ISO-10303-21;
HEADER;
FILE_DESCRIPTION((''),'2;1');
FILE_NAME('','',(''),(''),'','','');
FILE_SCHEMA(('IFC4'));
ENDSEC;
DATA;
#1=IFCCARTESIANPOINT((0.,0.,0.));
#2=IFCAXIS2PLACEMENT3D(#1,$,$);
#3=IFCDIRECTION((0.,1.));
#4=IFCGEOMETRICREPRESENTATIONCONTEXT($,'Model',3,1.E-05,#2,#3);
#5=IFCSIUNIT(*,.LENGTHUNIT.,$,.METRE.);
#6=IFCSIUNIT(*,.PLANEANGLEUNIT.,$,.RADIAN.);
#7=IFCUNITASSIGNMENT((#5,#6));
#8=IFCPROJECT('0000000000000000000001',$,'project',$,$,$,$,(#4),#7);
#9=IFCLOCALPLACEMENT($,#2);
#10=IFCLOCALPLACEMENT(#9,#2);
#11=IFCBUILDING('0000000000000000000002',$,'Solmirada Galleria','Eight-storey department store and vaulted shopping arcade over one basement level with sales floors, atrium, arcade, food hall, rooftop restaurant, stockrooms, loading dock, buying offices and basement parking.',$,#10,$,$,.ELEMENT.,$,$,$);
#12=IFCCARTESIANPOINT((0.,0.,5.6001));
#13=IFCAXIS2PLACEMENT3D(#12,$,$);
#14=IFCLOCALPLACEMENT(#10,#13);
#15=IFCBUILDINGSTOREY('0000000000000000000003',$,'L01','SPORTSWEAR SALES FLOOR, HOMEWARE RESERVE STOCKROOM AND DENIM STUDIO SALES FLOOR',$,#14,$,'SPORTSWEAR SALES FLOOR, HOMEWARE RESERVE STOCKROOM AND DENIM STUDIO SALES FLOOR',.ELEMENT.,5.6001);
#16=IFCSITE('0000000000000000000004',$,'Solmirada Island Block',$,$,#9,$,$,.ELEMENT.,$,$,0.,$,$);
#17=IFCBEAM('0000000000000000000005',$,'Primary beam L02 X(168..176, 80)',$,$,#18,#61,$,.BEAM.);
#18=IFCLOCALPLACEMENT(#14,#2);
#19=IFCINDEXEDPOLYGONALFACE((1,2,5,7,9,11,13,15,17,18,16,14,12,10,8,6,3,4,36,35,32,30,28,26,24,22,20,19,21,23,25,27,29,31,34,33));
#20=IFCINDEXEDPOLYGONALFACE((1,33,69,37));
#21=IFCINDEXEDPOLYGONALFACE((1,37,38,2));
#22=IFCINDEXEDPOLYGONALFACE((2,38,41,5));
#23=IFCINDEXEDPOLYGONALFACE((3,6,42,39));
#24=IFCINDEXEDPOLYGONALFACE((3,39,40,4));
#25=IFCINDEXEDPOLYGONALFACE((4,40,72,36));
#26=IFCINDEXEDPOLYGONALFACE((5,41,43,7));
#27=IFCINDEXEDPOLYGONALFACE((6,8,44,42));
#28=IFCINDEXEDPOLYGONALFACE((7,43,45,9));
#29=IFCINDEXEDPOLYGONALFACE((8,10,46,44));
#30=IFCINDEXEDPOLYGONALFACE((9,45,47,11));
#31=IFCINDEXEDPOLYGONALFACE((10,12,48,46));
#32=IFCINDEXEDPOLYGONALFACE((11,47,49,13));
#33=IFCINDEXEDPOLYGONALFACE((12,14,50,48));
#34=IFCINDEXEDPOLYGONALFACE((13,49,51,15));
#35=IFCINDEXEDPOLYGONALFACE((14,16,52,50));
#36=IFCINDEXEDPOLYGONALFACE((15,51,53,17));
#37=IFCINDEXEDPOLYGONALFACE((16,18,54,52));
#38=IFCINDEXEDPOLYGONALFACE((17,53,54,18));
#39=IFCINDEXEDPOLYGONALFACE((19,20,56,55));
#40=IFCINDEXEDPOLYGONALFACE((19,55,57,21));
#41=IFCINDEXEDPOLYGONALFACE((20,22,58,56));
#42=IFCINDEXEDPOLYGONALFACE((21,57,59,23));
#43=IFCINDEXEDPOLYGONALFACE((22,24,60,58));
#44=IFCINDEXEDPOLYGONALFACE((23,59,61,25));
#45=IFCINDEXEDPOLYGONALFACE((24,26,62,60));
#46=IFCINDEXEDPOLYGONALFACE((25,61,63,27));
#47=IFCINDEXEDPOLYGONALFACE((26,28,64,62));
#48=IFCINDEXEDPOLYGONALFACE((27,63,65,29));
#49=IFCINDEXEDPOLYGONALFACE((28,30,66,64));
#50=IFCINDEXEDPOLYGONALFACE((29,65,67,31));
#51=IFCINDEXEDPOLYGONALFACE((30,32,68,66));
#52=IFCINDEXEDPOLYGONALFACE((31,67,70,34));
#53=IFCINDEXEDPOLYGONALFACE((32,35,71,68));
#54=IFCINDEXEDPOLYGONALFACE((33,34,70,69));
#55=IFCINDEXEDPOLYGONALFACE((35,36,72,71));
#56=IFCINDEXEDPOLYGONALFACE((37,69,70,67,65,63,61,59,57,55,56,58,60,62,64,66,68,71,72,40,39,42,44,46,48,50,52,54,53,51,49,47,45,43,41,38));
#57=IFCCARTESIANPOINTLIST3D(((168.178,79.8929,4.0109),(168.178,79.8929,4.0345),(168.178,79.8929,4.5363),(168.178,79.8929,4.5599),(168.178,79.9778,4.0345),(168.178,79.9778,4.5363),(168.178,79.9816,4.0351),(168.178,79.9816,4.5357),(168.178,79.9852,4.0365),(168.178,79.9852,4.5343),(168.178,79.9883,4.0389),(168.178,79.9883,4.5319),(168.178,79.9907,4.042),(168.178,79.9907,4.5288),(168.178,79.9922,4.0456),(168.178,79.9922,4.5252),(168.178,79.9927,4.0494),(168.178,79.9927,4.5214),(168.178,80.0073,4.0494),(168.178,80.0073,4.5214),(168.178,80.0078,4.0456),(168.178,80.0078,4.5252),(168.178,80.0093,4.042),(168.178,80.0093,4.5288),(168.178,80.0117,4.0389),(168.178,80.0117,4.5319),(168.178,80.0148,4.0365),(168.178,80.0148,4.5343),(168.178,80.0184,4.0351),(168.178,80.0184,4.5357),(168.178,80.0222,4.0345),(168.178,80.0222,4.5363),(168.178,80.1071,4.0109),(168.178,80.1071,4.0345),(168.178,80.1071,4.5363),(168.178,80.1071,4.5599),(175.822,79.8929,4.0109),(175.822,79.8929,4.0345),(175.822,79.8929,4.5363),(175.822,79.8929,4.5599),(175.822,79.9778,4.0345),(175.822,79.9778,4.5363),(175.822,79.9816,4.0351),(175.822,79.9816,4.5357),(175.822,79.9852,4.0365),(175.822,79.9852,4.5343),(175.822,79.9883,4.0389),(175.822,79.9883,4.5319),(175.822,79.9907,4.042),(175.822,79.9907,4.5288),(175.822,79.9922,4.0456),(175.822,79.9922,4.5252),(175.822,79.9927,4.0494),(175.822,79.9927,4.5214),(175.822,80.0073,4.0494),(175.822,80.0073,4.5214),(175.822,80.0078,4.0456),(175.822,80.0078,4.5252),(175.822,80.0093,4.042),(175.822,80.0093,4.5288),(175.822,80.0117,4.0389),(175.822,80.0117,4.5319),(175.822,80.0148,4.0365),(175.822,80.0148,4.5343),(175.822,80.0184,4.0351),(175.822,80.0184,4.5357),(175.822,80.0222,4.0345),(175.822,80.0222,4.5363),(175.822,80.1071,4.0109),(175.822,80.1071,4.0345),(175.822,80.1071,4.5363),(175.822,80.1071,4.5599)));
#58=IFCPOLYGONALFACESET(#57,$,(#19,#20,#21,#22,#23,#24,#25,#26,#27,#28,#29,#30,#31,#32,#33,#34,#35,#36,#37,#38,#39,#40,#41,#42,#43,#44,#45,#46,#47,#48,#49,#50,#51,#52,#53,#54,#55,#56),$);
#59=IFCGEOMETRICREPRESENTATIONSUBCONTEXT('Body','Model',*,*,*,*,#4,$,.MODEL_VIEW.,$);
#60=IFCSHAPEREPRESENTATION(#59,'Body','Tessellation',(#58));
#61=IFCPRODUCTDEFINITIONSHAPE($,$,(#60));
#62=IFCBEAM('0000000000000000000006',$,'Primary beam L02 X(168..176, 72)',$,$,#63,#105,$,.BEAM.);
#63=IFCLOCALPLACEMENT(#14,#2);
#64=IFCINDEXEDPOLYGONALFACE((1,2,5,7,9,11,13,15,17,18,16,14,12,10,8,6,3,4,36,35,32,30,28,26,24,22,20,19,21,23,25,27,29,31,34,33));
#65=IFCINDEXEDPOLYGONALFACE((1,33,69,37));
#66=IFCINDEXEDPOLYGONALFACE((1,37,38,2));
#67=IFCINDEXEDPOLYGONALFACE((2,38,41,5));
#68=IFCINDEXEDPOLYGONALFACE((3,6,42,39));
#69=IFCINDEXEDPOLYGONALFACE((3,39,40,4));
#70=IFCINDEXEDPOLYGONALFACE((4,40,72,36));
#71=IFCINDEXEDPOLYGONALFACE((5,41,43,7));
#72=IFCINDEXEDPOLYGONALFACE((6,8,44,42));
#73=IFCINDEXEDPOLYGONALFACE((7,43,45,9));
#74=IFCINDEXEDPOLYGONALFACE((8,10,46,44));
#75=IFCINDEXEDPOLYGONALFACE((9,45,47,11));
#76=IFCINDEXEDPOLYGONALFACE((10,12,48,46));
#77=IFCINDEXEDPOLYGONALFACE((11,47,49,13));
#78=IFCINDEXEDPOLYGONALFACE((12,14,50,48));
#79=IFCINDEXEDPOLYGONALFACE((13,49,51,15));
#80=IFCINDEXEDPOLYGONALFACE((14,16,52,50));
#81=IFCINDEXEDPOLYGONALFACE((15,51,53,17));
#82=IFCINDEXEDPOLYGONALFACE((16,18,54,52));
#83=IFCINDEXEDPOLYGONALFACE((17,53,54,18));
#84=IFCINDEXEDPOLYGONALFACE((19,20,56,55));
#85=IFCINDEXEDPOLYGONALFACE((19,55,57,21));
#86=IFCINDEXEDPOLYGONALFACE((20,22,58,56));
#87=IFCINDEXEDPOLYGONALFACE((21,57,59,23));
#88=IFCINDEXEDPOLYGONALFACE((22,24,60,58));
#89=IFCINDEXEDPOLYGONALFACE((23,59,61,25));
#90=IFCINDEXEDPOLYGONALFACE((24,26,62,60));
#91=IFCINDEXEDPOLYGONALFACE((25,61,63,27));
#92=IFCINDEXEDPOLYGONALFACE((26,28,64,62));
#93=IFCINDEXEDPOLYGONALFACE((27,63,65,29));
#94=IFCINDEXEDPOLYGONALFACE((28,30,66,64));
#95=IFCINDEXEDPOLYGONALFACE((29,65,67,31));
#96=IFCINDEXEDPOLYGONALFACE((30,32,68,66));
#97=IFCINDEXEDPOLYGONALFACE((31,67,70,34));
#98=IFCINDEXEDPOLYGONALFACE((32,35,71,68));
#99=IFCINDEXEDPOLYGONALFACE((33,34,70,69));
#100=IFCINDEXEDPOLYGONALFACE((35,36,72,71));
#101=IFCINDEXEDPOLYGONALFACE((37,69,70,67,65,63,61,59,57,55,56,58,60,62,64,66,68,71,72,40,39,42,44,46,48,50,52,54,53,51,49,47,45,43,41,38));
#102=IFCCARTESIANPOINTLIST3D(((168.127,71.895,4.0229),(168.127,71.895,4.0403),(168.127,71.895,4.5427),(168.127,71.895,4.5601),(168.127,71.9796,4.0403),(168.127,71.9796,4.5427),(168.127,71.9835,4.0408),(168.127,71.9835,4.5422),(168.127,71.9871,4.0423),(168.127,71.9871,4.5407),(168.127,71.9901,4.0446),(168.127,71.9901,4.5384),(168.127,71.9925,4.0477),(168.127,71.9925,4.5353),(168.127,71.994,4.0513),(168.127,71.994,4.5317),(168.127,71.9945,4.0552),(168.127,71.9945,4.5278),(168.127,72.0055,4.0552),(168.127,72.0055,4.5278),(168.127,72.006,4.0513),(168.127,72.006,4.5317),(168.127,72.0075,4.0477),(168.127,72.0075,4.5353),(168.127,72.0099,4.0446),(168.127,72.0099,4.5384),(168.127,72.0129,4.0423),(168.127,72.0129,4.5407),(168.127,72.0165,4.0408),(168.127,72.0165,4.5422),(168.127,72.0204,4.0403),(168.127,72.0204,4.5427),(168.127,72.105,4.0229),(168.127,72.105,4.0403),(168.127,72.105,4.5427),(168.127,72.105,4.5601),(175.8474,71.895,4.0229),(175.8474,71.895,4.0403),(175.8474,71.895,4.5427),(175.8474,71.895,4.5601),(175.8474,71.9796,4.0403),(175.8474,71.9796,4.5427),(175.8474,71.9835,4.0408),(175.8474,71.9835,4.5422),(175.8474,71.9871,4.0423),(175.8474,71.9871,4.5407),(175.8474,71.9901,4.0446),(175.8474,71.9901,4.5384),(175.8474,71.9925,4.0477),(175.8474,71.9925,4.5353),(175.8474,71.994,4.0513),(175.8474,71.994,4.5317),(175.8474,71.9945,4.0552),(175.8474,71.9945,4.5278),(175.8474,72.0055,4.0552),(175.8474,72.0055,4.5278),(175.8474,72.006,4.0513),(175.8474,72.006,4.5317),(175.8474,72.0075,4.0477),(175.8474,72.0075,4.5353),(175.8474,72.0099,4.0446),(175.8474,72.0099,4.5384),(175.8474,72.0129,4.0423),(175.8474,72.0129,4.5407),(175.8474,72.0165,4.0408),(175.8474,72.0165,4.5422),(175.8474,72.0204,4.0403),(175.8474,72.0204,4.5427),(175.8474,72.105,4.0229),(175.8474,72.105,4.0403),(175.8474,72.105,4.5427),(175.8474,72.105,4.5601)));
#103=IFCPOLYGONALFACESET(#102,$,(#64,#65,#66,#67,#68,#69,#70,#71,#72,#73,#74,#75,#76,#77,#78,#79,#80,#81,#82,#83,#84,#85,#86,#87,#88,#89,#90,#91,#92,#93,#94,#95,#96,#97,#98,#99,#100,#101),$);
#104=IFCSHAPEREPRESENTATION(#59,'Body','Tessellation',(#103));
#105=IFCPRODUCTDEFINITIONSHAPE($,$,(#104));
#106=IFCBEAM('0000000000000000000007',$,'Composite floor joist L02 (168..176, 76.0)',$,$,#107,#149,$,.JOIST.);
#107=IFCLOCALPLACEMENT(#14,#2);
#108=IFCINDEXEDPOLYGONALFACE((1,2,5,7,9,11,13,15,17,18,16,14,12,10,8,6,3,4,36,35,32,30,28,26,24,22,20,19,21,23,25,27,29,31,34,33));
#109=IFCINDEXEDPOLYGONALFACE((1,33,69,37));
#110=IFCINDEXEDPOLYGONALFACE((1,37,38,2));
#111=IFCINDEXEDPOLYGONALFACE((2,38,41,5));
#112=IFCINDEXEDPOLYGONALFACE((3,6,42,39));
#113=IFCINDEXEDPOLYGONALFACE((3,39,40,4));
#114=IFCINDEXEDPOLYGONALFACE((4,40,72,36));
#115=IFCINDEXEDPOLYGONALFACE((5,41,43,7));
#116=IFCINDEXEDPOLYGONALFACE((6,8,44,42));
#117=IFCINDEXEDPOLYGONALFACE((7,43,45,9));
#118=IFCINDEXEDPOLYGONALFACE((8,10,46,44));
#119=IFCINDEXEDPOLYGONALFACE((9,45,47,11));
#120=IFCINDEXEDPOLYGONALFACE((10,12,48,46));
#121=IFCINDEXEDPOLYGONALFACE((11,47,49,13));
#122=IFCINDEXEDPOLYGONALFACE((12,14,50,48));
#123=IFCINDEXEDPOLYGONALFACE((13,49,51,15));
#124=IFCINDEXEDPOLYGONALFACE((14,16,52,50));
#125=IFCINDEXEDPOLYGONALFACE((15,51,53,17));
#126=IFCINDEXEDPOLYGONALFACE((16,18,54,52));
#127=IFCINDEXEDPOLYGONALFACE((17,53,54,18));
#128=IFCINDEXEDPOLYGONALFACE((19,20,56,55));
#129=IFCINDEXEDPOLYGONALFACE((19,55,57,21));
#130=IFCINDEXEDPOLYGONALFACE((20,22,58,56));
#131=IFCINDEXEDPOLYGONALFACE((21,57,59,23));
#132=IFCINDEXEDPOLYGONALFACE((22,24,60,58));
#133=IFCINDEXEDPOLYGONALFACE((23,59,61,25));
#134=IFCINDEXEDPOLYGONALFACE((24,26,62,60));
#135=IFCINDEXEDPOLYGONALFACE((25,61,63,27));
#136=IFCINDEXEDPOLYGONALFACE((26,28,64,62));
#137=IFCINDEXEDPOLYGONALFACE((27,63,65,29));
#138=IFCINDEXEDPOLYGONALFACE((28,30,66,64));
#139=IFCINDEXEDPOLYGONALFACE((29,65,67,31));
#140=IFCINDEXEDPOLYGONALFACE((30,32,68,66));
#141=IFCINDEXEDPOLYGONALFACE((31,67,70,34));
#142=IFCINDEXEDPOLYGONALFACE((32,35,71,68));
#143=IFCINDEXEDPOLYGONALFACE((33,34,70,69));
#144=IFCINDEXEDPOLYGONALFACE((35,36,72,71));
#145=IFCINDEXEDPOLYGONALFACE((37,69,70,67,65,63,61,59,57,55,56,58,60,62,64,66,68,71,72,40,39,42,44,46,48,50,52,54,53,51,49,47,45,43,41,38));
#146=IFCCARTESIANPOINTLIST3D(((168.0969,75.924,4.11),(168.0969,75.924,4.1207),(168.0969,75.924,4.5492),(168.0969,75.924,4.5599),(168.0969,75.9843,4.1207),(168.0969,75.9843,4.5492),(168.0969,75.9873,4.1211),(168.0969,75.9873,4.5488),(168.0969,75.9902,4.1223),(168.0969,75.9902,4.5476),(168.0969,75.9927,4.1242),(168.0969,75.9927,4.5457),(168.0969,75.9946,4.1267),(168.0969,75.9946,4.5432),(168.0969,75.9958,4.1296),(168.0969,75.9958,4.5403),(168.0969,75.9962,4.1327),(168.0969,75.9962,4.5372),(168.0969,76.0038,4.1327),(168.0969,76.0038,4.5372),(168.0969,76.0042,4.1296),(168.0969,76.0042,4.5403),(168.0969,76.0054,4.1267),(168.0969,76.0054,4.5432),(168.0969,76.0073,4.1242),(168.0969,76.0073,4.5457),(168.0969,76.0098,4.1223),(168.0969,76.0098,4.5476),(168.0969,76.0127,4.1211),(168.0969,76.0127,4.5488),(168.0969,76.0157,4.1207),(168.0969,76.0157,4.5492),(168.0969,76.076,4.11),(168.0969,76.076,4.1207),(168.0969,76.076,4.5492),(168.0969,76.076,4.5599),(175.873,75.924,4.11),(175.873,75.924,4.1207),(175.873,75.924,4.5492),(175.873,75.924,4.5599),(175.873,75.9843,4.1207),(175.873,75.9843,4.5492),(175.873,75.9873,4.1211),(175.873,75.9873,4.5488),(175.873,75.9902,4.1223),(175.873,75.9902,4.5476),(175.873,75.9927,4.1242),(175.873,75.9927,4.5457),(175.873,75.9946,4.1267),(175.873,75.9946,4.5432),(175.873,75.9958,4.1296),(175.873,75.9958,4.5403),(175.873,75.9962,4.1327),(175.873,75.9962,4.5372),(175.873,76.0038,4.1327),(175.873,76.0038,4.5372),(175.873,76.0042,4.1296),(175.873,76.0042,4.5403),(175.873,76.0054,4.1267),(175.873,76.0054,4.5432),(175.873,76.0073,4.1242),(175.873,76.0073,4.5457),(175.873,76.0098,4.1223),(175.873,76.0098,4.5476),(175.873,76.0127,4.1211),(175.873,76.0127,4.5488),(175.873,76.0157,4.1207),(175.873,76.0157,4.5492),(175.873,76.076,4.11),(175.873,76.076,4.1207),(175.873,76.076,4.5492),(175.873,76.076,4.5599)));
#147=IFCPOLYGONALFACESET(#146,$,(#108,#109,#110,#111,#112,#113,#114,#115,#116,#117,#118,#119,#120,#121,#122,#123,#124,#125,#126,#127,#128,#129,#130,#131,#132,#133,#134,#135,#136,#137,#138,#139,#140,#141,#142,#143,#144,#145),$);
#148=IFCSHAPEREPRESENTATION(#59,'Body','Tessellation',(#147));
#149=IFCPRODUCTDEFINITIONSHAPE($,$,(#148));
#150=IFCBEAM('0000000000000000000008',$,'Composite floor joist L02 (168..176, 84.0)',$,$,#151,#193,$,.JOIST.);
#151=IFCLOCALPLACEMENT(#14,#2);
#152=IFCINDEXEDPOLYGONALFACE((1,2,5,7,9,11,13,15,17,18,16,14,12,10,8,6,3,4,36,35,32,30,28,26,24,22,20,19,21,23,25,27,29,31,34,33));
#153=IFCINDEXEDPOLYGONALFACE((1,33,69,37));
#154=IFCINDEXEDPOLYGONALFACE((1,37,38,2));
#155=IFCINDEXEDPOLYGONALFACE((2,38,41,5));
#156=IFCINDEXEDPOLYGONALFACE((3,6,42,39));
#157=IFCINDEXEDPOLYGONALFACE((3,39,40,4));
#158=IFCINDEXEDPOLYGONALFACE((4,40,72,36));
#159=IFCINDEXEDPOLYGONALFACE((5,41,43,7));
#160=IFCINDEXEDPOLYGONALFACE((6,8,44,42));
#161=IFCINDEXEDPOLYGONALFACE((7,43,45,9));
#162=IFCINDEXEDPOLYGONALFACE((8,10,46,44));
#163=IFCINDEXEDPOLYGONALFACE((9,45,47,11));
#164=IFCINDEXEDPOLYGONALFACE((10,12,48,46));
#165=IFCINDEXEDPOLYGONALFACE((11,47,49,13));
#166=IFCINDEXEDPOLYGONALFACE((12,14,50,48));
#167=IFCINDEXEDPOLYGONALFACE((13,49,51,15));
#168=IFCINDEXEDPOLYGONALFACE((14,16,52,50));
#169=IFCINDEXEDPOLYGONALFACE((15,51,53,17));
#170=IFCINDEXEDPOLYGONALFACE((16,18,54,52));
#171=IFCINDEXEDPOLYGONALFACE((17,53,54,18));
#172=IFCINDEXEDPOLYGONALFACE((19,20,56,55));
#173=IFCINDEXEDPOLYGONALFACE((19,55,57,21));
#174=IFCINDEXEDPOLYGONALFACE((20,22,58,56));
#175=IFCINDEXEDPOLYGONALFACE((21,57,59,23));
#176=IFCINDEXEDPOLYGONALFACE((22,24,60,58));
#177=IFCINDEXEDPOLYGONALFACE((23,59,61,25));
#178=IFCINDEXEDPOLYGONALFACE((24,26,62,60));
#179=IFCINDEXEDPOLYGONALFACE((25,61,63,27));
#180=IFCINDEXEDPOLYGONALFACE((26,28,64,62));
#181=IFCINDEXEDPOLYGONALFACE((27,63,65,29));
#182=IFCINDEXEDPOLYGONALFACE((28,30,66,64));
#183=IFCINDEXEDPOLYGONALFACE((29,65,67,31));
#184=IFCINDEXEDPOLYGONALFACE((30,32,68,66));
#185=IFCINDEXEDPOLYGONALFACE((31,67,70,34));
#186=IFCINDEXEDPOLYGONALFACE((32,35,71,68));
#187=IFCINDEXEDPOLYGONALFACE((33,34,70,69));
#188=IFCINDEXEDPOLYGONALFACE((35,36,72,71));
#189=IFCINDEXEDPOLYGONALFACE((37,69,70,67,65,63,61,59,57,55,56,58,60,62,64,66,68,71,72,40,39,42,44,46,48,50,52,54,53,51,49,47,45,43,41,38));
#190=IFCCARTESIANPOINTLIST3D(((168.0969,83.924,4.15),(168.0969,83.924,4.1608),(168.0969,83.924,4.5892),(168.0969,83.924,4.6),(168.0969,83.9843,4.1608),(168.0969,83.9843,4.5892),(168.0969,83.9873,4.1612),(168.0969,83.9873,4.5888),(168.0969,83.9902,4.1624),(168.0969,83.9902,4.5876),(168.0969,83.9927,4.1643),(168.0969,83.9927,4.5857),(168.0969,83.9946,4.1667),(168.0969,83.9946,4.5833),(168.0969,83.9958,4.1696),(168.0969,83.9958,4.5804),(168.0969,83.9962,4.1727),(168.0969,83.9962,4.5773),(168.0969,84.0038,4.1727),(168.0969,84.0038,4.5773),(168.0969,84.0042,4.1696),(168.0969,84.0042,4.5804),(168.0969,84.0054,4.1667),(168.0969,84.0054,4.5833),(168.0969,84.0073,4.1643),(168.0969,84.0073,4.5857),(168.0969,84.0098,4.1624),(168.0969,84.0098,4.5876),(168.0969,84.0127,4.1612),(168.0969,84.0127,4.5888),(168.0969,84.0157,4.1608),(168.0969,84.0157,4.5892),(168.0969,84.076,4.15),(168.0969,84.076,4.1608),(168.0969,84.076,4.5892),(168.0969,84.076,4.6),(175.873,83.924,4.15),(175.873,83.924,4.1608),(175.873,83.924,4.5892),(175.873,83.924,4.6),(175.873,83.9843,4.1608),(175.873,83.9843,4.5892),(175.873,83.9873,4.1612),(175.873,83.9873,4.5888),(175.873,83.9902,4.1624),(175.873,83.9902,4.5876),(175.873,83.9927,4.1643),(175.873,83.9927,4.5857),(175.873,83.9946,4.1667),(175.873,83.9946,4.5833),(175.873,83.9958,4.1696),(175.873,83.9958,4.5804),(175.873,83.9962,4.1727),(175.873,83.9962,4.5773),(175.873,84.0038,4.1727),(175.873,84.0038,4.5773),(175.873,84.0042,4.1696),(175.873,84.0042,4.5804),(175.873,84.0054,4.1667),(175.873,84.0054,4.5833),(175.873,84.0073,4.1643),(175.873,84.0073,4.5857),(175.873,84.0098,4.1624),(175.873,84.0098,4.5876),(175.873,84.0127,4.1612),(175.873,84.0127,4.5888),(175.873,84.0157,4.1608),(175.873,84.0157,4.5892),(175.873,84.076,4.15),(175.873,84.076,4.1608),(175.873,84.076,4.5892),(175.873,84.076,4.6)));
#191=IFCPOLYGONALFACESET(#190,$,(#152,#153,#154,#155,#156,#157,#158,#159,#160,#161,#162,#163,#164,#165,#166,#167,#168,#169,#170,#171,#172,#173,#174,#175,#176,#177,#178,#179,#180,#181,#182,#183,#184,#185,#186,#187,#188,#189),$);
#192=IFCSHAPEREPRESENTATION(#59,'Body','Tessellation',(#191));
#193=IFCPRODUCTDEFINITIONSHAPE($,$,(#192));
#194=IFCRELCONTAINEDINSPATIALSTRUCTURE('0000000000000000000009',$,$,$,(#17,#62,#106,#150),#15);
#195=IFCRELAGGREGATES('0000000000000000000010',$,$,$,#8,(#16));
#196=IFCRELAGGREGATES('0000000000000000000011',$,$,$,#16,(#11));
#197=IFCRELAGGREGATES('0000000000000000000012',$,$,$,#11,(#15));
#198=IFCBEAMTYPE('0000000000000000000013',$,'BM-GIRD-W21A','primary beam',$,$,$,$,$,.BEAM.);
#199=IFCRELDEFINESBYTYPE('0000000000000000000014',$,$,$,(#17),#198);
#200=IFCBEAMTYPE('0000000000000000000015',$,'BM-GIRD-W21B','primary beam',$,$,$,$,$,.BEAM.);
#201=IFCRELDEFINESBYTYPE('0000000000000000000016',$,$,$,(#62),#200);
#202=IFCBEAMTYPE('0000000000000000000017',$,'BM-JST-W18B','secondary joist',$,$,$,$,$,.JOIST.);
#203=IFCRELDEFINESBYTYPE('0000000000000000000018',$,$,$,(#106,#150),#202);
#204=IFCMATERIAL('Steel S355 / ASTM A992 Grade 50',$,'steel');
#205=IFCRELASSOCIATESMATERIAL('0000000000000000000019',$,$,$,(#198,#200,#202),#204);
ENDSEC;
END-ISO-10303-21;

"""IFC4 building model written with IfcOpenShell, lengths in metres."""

from ifc_helpers import new_model, si_unit, direction, frame, origin, origin_2d, place, context, subcontext, project, spatial, i_section, extrude, material, material_profile, profile_set, type_object, element, save


model = new_model("IFC4")

# Units and contexts
model_context = context("Model", 3, precision=1e-05, world=origin(), true_north=direction((0.0, 1.0)))
body_context = subcontext(model_context, "Body", "Model", "MODEL_VIEW")
ifc_project = project(units=[si_unit("LENGTHUNIT", "METRE"), si_unit("PLANEANGLEUNIT", "RADIAN")], contexts=[model_context])

# Site, building, storey
site_placement = place(None, origin())
site = spatial("IfcSite", under=ifc_project, at=site_placement, Name="Solmirada Island Block", CompositionType="ELEMENT", RefElevation=0.0)
building_placement = place(site_placement, origin())
building = spatial("IfcBuilding", under=site, at=building_placement, Name="Solmirada Galleria", Description="Eight-storey department store and vaulted shopping arcade over one basement level with sales floors, atrium, arcade, food hall, rooftop restaurant, stockrooms, loading dock, buying offices and basement parking.", CompositionType="ELEMENT")
storey_placement = place(building_placement, frame((0.0, 0.0, 5.6001)))
storey = spatial("IfcBuildingStorey", under=building, at=storey_placement, Name="L01", Description="SPORTSWEAR SALES FLOOR, HOMEWARE RESERVE STOCKROOM AND DENIM STUDIO SALES FLOOR", LongName="SPORTSWEAR SALES FLOOR, HOMEWARE RESERVE STOCKROOM AND DENIM STUDIO SALES FLOOR", CompositionType="ELEMENT", Elevation=5.6001)

# Beams
ifc_material_1 = material(Name="Steel S355 / ASTM A992 Grade 50", Category="steel")
ifc_material_profile_1 = material_profile(ifc_material_1, i_section(OverallWidth=0.2141, OverallDepth=0.5491, WebThickness=0.0146, FlangeThickness=0.0237, FilletRadius=0.0149, at=origin_2d()), Name="W21X93")
ifc_profile_set_1 = profile_set([ifc_material_profile_1], Name="Steel S355 / ASTM A992 Grade 50")
beam_type_1 = type_object("IfcBeamType", Name="BM-GIRD-W21A", Description="primary beam", PredefinedType="BEAM", material=ifc_profile_set_1)
beam_1_placement = place(storey_placement, frame((168.178, 80.0, 4.2854), z_axis=(1.0, 0.0, 0.0), x_axis=(0.0, 1.0, 0.0)))
element("IfcBeam", 1, at=beam_1_placement, inside=storey, type_object=beam_type_1, Name="Primary beam L02 X(168..176, 80)", PredefinedType="BEAM", context=body_context, shape_type="SweptSolid", body=[
    extrude(i_section(OverallWidth=0.2141, OverallDepth=0.5491, WebThickness=0.0146, FlangeThickness=0.0237, FilletRadius=0.0149, at=origin_2d()), origin(), (0.0, 0.0, 1.0), 7.644),
])
ifc_material_profile_2 = material_profile(ifc_material_1, i_section(OverallWidth=0.21, OverallDepth=0.5371, WebThickness=0.011, FlangeThickness=0.0173, FilletRadius=0.0149, at=origin_2d()), Name="W21X68")
ifc_profile_set_2 = profile_set([ifc_material_profile_2], Name="Steel S355 / ASTM A992 Grade 50")
beam_type_2 = type_object("IfcBeamType", Name="BM-GIRD-W21B", Description="primary beam", PredefinedType="BEAM", material=ifc_profile_set_2)
beam_2_placement = place(storey_placement, frame((168.127, 72.0, 4.2915), z_axis=(1.0, 0.0, 0.0), x_axis=(0.0, 1.0, 0.0)))
element("IfcBeam", 2, at=beam_2_placement, inside=storey, type_object=beam_type_2, Name="Primary beam L02 X(168..176, 72)", PredefinedType="BEAM", context=body_context, shape_type="SweptSolid", body=[
    extrude(i_section(OverallWidth=0.21, OverallDepth=0.5371, WebThickness=0.011, FlangeThickness=0.0173, FilletRadius=0.0149, at=origin_2d()), origin(), (0.0, 0.0, 1.0), 7.7205),
])
ifc_material_profile_3 = material_profile(ifc_material_1, i_section(OverallWidth=0.1521, OverallDepth=0.45, WebThickness=0.0076, FlangeThickness=0.0107, FilletRadius=0.012, at=origin_2d()), Name="W18X35")
ifc_profile_set_3 = profile_set([ifc_material_profile_3], Name="Steel S355 / ASTM A992 Grade 50")
beam_type_3 = type_object("IfcBeamType", Name="BM-JST-W18B", Description="secondary joist", PredefinedType="JOIST", material=ifc_profile_set_3)
for number, where, z_axis, x_axis, name in (
    (3, (168.0969, 76.0, 4.335), (1.0, 0.0, 0.0), (0.0, 1.0, 0.0), "Composite floor joist L02 (168..176, 76.0)"),
    (4, (168.0969, 84.0, 4.375), (1.0, 0.0, 0.0), (0.0, 1.0, 0.0), "Composite floor joist L02 (168..176, 84.0)"),
):
    element("IfcBeam", number, at=place(storey_placement, frame(where, z_axis=z_axis, x_axis=x_axis)), inside=storey, type_object=beam_type_3, Name=name, PredefinedType="JOIST", context=body_context, shape_type="SweptSolid", body=[
        extrude(i_section(OverallWidth=0.1521, OverallDepth=0.45, WebThickness=0.0076, FlangeThickness=0.0107, FilletRadius=0.012, at=origin_2d()), origin(), (0.0, 0.0, 1.0), 7.7761),
    ])

save(model, "model.ifc")
